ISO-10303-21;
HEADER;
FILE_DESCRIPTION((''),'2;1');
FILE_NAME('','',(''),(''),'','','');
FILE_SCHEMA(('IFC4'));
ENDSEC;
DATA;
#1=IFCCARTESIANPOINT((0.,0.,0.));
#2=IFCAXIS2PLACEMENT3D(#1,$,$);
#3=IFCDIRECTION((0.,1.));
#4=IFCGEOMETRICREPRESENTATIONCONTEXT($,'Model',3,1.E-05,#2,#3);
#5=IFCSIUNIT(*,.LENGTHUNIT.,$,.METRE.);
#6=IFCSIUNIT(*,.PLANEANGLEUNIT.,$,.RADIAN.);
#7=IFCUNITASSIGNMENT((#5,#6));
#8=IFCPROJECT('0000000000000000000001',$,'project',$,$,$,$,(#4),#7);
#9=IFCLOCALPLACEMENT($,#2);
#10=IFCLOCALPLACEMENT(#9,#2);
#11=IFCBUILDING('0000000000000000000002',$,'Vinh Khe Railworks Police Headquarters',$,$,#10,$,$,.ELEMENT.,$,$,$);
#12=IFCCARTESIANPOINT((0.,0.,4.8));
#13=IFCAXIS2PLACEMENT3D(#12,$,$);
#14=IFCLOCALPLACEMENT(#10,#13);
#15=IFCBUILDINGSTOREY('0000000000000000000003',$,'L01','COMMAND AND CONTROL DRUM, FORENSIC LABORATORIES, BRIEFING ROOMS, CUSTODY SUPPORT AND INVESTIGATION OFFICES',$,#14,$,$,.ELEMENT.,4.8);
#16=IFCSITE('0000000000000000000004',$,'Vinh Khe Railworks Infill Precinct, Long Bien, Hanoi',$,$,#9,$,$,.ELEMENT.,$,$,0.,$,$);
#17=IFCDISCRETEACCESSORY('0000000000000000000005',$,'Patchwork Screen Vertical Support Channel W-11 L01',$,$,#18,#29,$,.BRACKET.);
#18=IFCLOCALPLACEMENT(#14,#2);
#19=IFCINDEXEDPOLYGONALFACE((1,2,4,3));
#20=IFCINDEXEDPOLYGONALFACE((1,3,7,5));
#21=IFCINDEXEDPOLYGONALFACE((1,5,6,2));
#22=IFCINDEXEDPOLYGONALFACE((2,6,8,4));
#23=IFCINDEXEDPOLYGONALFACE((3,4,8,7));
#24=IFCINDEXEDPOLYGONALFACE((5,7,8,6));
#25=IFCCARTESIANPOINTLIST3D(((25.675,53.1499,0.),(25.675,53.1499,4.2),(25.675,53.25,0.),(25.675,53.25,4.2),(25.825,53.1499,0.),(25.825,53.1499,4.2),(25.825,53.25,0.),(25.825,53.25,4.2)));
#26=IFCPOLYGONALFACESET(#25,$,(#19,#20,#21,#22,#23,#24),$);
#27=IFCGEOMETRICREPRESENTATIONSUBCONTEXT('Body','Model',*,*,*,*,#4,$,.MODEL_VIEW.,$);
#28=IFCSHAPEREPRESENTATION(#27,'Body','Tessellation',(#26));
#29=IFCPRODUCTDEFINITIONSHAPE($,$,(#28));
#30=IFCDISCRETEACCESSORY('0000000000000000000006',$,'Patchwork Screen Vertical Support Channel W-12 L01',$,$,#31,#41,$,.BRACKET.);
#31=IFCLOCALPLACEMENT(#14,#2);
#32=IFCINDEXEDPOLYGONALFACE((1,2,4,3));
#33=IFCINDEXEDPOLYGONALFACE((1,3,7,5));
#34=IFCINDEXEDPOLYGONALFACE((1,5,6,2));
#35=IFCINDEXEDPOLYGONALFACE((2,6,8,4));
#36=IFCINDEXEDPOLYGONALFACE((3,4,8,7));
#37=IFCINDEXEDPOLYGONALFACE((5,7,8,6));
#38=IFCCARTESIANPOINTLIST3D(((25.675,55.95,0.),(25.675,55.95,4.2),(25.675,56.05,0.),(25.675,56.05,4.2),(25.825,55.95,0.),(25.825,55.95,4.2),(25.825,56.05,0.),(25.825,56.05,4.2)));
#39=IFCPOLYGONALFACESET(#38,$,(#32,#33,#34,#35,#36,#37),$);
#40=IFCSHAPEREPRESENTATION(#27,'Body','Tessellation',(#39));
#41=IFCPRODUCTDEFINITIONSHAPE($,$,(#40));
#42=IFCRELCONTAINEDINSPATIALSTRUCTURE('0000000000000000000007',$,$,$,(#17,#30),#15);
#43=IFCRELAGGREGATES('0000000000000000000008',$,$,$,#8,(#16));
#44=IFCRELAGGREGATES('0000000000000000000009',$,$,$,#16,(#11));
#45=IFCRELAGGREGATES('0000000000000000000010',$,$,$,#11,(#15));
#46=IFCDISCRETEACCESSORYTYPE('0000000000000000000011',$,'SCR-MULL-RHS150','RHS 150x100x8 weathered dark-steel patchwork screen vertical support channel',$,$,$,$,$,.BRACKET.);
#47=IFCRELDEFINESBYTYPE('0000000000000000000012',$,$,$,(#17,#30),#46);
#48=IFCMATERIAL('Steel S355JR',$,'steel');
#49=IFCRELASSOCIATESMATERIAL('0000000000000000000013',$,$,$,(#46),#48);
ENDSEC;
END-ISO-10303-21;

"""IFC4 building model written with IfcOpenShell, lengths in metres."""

from ifc_helpers import new_model, si_unit, direction, frame, origin, origin_2d, place, context, subcontext, project, spatial, rectangle, extrude, material, type_object, element, save


model = new_model("IFC4")

# Units and contexts
model_context = context("Model", 3, precision=1e-05, world=origin(), true_north=direction((0.0, 1.0)))
body_context = subcontext(model_context, "Body", "Model", "MODEL_VIEW")
ifc_project = project(units=[si_unit("LENGTHUNIT", "METRE"), si_unit("PLANEANGLEUNIT", "RADIAN")], contexts=[model_context])

# Site, building, storey
site_placement = place(None, origin())
site = spatial("IfcSite", under=ifc_project, at=site_placement, Name="Vinh Khe Railworks Infill Precinct, Long Bien, Hanoi", CompositionType="ELEMENT", RefElevation=0.0)
building_placement = place(site_placement, origin())
building = spatial("IfcBuilding", under=site, at=building_placement, Name="Vinh Khe Railworks Police Headquarters", CompositionType="ELEMENT")
storey_placement = place(building_placement, frame((0.0, 0.0, 4.8)))
storey = spatial("IfcBuildingStorey", under=building, at=storey_placement, Name="L01", Description="COMMAND AND CONTROL DRUM, FORENSIC LABORATORIES, BRIEFING ROOMS, CUSTODY SUPPORT AND INVESTIGATION OFFICES", CompositionType="ELEMENT", Elevation=4.8)

# Shared definitions
ifc_material_1 = material(Name="Steel S355JR", Category="steel")

# Discrete accessories
discrete_accessory_type = type_object("IfcDiscreteAccessoryType", Name="SCR-MULL-RHS150", Description="RHS 150x100x8 weathered dark-steel patchwork screen vertical support channel", PredefinedType="BRACKET", material=ifc_material_1)
for number, where, z_axis, x_axis, name in (
    (1, (25.75, 53.2, 0.0), (0.0, 0.0, 1.0), (1.0, 0.0, 0.0), "Patchwork Screen Vertical Support Channel W-11 L01"),
    (2, (25.75, 56.0, 0.0), (0.0, 0.0, 1.0), (1.0, 0.0, 0.0), "Patchwork Screen Vertical Support Channel W-12 L01"),
):
    element("IfcDiscreteAccessory", number, at=place(storey_placement, frame(where, z_axis=z_axis, x_axis=x_axis)), inside=storey, type_object=discrete_accessory_type, Name=name, PredefinedType="BRACKET", context=body_context, shape_type="SweptSolid", body=[
        extrude(rectangle(XDim=0.1499, YDim=0.1001, at=origin_2d()), origin(), (0.0, 0.0, 1.0), 4.2),
    ])

save(model, "model.ifc")
